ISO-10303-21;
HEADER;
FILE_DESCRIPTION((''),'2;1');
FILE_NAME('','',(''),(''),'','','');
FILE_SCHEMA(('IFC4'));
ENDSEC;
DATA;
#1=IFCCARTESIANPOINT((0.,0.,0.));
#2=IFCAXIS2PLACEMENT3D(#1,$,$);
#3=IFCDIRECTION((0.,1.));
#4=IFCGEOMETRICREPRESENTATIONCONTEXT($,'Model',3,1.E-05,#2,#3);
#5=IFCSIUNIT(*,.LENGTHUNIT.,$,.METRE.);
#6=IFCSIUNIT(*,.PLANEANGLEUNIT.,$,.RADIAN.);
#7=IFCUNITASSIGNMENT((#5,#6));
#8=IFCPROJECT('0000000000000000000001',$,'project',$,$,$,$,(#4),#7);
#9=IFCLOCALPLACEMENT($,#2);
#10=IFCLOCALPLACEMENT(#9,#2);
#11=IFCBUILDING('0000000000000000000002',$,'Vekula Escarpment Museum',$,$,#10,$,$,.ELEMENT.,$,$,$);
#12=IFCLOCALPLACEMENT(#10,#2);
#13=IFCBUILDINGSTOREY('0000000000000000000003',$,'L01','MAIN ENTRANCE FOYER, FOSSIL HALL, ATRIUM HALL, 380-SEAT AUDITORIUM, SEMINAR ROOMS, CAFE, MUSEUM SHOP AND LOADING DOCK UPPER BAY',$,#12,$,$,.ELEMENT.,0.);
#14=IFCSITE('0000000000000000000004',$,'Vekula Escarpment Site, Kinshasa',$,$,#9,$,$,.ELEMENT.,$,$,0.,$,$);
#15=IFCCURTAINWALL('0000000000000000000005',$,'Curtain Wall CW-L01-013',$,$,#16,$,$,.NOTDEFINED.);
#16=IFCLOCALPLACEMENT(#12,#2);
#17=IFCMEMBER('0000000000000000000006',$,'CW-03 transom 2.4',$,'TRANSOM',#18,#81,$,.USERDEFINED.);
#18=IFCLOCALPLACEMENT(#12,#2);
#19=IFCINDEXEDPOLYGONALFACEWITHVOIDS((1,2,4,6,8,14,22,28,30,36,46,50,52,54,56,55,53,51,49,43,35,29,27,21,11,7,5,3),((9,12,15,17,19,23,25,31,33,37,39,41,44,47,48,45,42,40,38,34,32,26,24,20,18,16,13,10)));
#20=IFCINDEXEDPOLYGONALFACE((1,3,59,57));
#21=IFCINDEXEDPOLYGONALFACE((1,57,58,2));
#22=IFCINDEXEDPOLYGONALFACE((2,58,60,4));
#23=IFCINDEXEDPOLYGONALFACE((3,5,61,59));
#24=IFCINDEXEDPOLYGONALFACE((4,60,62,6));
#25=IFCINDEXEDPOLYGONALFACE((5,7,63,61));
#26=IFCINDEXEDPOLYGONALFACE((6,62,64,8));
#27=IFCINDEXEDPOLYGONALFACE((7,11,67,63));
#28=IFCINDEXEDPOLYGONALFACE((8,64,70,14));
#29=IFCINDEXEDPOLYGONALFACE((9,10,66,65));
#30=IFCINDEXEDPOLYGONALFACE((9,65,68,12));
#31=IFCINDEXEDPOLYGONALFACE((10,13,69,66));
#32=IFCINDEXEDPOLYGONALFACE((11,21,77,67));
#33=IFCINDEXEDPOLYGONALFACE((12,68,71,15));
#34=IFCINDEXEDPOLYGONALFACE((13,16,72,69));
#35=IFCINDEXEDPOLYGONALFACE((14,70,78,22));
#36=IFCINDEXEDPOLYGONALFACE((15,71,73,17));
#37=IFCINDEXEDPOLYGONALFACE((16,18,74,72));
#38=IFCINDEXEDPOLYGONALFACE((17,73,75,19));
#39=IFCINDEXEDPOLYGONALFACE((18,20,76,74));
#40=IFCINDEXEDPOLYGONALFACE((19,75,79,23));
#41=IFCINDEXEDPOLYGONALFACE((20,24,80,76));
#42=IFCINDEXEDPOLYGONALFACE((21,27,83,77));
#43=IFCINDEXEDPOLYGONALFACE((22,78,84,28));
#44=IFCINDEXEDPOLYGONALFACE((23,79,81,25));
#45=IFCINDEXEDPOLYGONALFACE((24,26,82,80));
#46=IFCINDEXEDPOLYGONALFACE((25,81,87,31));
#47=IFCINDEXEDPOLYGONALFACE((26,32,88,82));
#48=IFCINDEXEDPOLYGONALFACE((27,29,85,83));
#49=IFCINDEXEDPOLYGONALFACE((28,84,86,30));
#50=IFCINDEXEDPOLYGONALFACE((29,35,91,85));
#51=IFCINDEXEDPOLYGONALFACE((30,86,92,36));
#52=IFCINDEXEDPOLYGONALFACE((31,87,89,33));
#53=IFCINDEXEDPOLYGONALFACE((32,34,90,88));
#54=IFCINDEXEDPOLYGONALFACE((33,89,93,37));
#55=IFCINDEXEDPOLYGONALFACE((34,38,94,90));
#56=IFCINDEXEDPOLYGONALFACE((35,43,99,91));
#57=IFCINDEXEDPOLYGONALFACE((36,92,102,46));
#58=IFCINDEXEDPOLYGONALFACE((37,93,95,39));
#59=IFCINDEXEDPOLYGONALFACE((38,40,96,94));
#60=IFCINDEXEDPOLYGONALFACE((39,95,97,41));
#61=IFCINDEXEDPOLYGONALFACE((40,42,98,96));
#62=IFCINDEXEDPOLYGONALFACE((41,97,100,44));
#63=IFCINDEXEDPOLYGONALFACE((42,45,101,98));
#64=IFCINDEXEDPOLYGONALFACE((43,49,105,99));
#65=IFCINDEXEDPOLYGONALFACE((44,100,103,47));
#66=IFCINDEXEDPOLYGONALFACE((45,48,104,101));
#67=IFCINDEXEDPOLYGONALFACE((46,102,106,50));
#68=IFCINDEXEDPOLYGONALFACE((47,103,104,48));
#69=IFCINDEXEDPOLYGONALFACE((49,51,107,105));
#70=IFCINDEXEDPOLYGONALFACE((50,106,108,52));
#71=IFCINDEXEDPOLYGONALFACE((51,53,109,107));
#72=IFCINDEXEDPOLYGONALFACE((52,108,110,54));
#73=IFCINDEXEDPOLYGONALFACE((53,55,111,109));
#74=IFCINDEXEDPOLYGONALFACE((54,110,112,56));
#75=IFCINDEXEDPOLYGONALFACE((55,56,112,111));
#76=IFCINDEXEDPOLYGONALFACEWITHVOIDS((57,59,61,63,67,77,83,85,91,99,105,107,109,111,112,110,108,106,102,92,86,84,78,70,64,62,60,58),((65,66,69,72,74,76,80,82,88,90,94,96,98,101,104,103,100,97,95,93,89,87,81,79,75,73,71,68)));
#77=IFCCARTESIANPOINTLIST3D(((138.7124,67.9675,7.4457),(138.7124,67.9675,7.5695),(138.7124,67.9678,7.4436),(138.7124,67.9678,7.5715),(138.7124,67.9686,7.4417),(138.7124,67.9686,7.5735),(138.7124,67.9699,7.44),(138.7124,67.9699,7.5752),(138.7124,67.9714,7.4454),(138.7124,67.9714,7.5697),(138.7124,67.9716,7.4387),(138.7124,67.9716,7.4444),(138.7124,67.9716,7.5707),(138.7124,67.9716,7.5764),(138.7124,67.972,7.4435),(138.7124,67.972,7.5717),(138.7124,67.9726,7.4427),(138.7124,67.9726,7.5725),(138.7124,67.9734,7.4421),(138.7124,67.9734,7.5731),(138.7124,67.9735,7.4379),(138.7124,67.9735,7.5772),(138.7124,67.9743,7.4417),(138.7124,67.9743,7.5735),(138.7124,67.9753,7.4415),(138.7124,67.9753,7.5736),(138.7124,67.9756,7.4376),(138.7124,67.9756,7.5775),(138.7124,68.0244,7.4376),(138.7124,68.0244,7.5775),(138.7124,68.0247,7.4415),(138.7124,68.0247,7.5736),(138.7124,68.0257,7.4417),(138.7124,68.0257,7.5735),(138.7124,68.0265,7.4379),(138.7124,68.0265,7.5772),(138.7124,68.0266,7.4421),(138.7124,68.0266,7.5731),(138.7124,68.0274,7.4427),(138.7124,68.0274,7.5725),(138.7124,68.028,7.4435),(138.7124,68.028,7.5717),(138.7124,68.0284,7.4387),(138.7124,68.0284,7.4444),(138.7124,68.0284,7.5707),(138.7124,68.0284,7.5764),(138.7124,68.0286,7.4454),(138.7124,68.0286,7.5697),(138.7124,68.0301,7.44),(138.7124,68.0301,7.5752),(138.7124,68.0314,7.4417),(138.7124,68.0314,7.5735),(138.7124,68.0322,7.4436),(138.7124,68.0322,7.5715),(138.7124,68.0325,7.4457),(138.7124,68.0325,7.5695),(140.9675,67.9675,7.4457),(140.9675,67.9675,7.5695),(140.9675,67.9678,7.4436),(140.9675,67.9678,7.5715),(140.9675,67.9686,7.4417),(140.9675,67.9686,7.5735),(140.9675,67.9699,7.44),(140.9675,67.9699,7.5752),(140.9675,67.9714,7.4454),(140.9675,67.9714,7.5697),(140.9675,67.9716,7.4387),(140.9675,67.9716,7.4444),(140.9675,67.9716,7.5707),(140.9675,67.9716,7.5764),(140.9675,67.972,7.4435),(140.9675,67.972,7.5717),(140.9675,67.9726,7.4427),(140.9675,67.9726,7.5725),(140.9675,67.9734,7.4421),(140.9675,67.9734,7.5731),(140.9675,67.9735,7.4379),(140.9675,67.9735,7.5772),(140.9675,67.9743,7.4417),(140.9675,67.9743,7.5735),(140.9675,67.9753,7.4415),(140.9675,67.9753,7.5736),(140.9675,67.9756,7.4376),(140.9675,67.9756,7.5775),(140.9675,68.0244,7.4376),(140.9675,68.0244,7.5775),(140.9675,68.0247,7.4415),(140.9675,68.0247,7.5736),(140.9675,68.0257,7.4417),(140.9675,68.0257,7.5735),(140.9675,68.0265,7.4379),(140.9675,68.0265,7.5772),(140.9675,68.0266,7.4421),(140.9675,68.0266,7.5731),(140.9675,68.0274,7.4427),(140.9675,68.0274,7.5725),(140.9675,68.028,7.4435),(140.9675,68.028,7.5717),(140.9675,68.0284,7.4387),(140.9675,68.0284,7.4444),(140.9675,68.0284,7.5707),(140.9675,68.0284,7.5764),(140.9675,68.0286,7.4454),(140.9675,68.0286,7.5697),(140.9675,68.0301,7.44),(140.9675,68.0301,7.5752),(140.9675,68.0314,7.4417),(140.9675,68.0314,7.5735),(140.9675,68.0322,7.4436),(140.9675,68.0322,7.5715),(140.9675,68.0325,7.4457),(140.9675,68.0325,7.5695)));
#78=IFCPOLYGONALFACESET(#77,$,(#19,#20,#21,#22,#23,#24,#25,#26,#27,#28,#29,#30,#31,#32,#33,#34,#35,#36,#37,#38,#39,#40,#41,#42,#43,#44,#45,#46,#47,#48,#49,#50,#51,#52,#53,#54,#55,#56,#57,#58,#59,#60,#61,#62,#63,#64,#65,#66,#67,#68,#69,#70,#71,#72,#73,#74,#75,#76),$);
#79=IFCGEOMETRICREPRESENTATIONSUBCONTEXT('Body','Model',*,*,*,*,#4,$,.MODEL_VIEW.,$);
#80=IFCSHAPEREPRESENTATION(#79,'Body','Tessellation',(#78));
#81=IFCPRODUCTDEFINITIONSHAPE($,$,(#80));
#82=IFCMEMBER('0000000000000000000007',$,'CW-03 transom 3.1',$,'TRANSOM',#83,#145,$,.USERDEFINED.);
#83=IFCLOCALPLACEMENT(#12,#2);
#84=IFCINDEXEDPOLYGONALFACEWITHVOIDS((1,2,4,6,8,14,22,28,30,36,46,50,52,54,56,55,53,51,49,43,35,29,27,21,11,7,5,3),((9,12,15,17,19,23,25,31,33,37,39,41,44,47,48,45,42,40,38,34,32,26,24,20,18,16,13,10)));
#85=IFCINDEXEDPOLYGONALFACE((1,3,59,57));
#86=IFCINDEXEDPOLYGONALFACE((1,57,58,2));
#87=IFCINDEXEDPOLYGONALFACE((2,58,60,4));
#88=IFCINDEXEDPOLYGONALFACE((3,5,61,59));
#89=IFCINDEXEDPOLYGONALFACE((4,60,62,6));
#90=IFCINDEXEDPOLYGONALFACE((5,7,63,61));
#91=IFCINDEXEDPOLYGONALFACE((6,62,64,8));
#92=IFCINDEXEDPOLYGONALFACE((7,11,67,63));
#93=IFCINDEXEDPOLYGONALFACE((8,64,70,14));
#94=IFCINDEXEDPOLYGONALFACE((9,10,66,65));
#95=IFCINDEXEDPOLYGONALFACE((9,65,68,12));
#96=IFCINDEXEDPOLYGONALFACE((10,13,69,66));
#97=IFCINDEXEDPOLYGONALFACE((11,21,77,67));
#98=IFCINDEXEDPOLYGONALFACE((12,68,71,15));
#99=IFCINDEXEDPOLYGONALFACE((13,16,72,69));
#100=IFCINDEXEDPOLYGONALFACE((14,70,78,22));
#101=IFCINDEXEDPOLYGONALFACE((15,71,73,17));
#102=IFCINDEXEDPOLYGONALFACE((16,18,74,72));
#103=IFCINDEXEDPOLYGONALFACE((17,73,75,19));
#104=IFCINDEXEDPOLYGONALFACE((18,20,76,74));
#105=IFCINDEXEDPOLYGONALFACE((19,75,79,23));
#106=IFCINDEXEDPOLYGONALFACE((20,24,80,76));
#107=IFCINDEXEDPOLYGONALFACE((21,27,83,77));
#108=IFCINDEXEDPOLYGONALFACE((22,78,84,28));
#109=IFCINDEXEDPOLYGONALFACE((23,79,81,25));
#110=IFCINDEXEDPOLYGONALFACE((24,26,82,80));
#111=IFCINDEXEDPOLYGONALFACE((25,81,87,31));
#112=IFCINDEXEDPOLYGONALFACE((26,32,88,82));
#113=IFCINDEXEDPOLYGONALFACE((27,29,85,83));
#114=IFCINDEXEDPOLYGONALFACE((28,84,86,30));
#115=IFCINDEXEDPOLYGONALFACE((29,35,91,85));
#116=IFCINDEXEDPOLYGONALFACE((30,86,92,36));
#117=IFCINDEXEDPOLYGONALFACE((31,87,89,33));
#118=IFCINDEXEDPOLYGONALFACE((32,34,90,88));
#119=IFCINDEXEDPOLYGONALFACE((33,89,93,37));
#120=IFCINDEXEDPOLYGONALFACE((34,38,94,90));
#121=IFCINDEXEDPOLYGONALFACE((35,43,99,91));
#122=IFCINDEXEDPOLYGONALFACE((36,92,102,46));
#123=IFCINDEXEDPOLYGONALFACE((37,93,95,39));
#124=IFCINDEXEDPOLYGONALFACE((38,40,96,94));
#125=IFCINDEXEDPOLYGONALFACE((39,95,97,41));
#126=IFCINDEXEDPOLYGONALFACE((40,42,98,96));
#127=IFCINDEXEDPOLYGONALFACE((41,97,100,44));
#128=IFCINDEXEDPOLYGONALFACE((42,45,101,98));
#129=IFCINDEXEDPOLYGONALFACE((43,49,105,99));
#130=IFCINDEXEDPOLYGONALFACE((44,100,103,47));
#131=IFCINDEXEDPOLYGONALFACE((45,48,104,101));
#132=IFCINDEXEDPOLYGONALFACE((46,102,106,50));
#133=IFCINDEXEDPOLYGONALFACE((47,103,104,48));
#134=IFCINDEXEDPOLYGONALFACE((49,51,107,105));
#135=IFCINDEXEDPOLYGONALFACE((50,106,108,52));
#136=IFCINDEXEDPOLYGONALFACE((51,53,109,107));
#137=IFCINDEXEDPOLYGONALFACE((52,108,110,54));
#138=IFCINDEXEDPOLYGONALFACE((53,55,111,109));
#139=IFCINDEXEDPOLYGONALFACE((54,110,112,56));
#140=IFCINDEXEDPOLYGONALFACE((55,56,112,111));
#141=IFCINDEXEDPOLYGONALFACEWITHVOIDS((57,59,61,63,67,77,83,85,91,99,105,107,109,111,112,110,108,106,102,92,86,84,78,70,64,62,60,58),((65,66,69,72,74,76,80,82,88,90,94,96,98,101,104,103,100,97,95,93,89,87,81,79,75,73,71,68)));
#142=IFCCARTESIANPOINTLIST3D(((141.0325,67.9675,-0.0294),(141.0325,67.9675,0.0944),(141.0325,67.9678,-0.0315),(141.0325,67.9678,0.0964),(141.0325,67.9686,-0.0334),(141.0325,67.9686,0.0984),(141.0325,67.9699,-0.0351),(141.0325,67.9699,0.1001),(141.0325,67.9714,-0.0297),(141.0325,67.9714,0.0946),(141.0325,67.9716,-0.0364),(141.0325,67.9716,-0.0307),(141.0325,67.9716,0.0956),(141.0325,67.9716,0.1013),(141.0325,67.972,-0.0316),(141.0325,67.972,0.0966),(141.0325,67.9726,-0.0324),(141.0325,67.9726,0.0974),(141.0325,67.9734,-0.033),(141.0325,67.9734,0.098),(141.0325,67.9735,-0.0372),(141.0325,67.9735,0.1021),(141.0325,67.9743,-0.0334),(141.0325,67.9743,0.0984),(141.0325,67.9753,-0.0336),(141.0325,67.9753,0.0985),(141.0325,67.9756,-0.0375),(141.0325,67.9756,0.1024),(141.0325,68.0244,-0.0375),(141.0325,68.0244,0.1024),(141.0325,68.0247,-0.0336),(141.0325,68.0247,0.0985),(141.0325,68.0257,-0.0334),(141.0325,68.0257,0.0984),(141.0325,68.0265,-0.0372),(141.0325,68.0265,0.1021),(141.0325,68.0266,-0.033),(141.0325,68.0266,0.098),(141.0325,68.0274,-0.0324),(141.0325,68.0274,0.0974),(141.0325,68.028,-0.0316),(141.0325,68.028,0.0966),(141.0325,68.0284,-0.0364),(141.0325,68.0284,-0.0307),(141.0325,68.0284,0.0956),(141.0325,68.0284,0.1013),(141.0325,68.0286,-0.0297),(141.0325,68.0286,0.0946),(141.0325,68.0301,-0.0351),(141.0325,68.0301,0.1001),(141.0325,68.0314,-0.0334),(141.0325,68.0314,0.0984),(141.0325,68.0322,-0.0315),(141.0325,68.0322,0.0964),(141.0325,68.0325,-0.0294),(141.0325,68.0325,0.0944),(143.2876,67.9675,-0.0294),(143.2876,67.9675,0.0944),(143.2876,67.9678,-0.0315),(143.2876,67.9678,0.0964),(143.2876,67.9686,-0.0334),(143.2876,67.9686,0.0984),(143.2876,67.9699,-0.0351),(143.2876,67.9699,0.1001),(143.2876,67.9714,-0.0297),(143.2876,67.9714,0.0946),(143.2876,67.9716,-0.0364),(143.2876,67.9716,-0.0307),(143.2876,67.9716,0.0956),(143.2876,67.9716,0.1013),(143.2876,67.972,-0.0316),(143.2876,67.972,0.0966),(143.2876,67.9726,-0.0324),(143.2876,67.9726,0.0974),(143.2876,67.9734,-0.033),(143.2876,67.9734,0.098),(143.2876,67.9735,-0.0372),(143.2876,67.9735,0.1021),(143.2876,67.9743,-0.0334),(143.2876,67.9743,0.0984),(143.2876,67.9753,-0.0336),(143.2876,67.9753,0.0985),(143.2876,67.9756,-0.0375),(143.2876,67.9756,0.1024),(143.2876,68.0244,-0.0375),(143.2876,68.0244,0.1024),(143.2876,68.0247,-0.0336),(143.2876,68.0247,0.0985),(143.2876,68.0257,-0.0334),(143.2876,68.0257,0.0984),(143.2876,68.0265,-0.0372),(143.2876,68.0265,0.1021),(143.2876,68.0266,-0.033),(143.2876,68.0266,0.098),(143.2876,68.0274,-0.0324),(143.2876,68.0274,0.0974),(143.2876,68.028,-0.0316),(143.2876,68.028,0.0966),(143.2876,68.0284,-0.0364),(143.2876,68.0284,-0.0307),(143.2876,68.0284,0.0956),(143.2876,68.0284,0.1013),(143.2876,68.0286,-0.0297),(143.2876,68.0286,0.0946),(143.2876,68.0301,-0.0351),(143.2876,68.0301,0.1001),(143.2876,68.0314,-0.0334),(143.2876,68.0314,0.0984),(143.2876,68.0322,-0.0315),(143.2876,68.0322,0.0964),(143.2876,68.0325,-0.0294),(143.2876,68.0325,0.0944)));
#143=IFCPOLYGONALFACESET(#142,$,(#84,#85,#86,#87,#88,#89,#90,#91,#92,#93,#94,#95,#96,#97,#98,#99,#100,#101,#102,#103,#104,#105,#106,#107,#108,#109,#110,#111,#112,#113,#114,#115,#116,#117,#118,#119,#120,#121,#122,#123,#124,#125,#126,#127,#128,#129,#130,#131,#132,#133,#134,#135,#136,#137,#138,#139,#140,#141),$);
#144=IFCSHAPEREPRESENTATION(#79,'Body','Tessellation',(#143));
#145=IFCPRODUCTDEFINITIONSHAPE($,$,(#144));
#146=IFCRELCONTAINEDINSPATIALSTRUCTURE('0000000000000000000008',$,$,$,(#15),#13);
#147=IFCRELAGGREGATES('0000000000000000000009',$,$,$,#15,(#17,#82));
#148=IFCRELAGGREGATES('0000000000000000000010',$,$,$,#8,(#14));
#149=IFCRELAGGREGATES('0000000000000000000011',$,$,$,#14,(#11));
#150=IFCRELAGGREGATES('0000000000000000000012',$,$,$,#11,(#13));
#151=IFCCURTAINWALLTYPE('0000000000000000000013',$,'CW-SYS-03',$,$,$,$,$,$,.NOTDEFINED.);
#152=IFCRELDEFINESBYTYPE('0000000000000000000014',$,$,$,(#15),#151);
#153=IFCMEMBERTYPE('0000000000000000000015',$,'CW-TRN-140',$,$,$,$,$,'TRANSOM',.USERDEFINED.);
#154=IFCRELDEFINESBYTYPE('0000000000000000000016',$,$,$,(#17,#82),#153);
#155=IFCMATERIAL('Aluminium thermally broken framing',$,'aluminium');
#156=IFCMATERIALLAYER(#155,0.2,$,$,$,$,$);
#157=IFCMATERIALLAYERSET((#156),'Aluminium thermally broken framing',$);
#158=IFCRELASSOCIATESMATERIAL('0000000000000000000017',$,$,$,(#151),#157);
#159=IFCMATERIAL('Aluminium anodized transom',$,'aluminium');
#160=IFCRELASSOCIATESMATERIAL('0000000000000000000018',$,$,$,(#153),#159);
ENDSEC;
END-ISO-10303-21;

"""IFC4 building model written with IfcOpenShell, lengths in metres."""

from ifc_helpers import new_model, si_unit, direction, frame, origin, origin_2d, place, context, subcontext, project, spatial, hollow_rectangle, extrude, material, layer, layer_set, material_profile, profile_set, type_object, element, aggregate, save


model = new_model("IFC4")

# Units and contexts
model_context = context("Model", 3, precision=1e-05, world=origin(), true_north=direction((0.0, 1.0)))
body_context = subcontext(model_context, "Body", "Model", "MODEL_VIEW")
ifc_project = project(units=[si_unit("LENGTHUNIT", "METRE"), si_unit("PLANEANGLEUNIT", "RADIAN")], contexts=[model_context])

# Site, building, storey
site_placement = place(None, origin())
site = spatial("IfcSite", under=ifc_project, at=site_placement, Name="Vekula Escarpment Site, Kinshasa", CompositionType="ELEMENT", RefElevation=0.0)
building_placement = place(site_placement, origin())
building = spatial("IfcBuilding", under=site, at=building_placement, Name="Vekula Escarpment Museum", CompositionType="ELEMENT")
storey_placement = place(building_placement, origin())
storey = spatial("IfcBuildingStorey", under=building, at=storey_placement, Name="L01", Description="MAIN ENTRANCE FOYER, FOSSIL HALL, ATRIUM HALL, 380-SEAT AUDITORIUM, SEMINAR ROOMS, CAFE, MUSEUM SHOP AND LOADING DOCK UPPER BAY", CompositionType="ELEMENT", Elevation=0.0)

# Curtain wall, members
ifc_material_1 = material(Name="Aluminium thermally broken framing", Category="aluminium")
ifc_layer_1 = layer(ifc_material_1, 0.2)
ifc_layer_set_1 = layer_set([ifc_layer_1], Name="Aluminium thermally broken framing")
curtain_wall_type = type_object("IfcCurtainWallType", Name="CW-SYS-03", PredefinedType="NOTDEFINED", material=ifc_layer_set_1)
curtain_wall_placement = place(storey_placement, origin())
curtain_wall = element("IfcCurtainWall", 1, at=curtain_wall_placement, inside=storey, type_object=curtain_wall_type, Name="Curtain Wall CW-L01-013", PredefinedType="NOTDEFINED")
ifc_material_2 = material(Name="Aluminium anodized transom", Category="aluminium")
ifc_material_profile_1 = material_profile(ifc_material_2, hollow_rectangle(XDim=0.0649, YDim=0.1399, WallThickness=0.0039, InnerFilletRadius=0.0039, OuterFilletRadius=0.0081, at=origin_2d()), Name="ALU 140x65x4")
ifc_profile_set_1 = profile_set([ifc_material_profile_1], Name="Aluminium anodized transom")
member_type_1 = type_object("IfcMemberType", Name="CW-TRN-140", ElementType="TRANSOM", PredefinedType="USERDEFINED", material=ifc_profile_set_1)
member_1_placement = place(storey_placement, frame((138.7124, 68.0, 7.5076), z_axis=(1.0, 0.0, 0.0), x_axis=(0.0, 1.0, 0.0)))
member_1 = element("IfcMember", 2, at=member_1_placement, type_object=member_type_1, Name="CW-03 transom 2.4", ObjectType="TRANSOM", PredefinedType="USERDEFINED", context=body_context, shape_type="SweptSolid", body=[
    extrude(hollow_rectangle(XDim=0.0649, YDim=0.1399, WallThickness=0.0039, InnerFilletRadius=0.0039, OuterFilletRadius=0.0081, at=origin_2d()), origin(), (0.0, 0.0, 1.0), 2.2551),
])
member_2_placement = place(storey_placement, frame((141.0325, 68.0, 0.0325), z_axis=(1.0, 0.0, 0.0), x_axis=(0.0, 1.0, 0.0)))
member_2 = element("IfcMember", 3, at=member_2_placement, type_object=member_type_1, Name="CW-03 transom 3.1", ObjectType="TRANSOM", PredefinedType="USERDEFINED", context=body_context, shape_type="SweptSolid", body=[
    extrude(hollow_rectangle(XDim=0.0649, YDim=0.1399, WallThickness=0.0039, InnerFilletRadius=0.0039, OuterFilletRadius=0.0081, at=origin_2d()), origin(), (0.0, 0.0, 1.0), 2.2551),
])
aggregate(curtain_wall, [member_1, member_2])

save(model, "model.ifc")
